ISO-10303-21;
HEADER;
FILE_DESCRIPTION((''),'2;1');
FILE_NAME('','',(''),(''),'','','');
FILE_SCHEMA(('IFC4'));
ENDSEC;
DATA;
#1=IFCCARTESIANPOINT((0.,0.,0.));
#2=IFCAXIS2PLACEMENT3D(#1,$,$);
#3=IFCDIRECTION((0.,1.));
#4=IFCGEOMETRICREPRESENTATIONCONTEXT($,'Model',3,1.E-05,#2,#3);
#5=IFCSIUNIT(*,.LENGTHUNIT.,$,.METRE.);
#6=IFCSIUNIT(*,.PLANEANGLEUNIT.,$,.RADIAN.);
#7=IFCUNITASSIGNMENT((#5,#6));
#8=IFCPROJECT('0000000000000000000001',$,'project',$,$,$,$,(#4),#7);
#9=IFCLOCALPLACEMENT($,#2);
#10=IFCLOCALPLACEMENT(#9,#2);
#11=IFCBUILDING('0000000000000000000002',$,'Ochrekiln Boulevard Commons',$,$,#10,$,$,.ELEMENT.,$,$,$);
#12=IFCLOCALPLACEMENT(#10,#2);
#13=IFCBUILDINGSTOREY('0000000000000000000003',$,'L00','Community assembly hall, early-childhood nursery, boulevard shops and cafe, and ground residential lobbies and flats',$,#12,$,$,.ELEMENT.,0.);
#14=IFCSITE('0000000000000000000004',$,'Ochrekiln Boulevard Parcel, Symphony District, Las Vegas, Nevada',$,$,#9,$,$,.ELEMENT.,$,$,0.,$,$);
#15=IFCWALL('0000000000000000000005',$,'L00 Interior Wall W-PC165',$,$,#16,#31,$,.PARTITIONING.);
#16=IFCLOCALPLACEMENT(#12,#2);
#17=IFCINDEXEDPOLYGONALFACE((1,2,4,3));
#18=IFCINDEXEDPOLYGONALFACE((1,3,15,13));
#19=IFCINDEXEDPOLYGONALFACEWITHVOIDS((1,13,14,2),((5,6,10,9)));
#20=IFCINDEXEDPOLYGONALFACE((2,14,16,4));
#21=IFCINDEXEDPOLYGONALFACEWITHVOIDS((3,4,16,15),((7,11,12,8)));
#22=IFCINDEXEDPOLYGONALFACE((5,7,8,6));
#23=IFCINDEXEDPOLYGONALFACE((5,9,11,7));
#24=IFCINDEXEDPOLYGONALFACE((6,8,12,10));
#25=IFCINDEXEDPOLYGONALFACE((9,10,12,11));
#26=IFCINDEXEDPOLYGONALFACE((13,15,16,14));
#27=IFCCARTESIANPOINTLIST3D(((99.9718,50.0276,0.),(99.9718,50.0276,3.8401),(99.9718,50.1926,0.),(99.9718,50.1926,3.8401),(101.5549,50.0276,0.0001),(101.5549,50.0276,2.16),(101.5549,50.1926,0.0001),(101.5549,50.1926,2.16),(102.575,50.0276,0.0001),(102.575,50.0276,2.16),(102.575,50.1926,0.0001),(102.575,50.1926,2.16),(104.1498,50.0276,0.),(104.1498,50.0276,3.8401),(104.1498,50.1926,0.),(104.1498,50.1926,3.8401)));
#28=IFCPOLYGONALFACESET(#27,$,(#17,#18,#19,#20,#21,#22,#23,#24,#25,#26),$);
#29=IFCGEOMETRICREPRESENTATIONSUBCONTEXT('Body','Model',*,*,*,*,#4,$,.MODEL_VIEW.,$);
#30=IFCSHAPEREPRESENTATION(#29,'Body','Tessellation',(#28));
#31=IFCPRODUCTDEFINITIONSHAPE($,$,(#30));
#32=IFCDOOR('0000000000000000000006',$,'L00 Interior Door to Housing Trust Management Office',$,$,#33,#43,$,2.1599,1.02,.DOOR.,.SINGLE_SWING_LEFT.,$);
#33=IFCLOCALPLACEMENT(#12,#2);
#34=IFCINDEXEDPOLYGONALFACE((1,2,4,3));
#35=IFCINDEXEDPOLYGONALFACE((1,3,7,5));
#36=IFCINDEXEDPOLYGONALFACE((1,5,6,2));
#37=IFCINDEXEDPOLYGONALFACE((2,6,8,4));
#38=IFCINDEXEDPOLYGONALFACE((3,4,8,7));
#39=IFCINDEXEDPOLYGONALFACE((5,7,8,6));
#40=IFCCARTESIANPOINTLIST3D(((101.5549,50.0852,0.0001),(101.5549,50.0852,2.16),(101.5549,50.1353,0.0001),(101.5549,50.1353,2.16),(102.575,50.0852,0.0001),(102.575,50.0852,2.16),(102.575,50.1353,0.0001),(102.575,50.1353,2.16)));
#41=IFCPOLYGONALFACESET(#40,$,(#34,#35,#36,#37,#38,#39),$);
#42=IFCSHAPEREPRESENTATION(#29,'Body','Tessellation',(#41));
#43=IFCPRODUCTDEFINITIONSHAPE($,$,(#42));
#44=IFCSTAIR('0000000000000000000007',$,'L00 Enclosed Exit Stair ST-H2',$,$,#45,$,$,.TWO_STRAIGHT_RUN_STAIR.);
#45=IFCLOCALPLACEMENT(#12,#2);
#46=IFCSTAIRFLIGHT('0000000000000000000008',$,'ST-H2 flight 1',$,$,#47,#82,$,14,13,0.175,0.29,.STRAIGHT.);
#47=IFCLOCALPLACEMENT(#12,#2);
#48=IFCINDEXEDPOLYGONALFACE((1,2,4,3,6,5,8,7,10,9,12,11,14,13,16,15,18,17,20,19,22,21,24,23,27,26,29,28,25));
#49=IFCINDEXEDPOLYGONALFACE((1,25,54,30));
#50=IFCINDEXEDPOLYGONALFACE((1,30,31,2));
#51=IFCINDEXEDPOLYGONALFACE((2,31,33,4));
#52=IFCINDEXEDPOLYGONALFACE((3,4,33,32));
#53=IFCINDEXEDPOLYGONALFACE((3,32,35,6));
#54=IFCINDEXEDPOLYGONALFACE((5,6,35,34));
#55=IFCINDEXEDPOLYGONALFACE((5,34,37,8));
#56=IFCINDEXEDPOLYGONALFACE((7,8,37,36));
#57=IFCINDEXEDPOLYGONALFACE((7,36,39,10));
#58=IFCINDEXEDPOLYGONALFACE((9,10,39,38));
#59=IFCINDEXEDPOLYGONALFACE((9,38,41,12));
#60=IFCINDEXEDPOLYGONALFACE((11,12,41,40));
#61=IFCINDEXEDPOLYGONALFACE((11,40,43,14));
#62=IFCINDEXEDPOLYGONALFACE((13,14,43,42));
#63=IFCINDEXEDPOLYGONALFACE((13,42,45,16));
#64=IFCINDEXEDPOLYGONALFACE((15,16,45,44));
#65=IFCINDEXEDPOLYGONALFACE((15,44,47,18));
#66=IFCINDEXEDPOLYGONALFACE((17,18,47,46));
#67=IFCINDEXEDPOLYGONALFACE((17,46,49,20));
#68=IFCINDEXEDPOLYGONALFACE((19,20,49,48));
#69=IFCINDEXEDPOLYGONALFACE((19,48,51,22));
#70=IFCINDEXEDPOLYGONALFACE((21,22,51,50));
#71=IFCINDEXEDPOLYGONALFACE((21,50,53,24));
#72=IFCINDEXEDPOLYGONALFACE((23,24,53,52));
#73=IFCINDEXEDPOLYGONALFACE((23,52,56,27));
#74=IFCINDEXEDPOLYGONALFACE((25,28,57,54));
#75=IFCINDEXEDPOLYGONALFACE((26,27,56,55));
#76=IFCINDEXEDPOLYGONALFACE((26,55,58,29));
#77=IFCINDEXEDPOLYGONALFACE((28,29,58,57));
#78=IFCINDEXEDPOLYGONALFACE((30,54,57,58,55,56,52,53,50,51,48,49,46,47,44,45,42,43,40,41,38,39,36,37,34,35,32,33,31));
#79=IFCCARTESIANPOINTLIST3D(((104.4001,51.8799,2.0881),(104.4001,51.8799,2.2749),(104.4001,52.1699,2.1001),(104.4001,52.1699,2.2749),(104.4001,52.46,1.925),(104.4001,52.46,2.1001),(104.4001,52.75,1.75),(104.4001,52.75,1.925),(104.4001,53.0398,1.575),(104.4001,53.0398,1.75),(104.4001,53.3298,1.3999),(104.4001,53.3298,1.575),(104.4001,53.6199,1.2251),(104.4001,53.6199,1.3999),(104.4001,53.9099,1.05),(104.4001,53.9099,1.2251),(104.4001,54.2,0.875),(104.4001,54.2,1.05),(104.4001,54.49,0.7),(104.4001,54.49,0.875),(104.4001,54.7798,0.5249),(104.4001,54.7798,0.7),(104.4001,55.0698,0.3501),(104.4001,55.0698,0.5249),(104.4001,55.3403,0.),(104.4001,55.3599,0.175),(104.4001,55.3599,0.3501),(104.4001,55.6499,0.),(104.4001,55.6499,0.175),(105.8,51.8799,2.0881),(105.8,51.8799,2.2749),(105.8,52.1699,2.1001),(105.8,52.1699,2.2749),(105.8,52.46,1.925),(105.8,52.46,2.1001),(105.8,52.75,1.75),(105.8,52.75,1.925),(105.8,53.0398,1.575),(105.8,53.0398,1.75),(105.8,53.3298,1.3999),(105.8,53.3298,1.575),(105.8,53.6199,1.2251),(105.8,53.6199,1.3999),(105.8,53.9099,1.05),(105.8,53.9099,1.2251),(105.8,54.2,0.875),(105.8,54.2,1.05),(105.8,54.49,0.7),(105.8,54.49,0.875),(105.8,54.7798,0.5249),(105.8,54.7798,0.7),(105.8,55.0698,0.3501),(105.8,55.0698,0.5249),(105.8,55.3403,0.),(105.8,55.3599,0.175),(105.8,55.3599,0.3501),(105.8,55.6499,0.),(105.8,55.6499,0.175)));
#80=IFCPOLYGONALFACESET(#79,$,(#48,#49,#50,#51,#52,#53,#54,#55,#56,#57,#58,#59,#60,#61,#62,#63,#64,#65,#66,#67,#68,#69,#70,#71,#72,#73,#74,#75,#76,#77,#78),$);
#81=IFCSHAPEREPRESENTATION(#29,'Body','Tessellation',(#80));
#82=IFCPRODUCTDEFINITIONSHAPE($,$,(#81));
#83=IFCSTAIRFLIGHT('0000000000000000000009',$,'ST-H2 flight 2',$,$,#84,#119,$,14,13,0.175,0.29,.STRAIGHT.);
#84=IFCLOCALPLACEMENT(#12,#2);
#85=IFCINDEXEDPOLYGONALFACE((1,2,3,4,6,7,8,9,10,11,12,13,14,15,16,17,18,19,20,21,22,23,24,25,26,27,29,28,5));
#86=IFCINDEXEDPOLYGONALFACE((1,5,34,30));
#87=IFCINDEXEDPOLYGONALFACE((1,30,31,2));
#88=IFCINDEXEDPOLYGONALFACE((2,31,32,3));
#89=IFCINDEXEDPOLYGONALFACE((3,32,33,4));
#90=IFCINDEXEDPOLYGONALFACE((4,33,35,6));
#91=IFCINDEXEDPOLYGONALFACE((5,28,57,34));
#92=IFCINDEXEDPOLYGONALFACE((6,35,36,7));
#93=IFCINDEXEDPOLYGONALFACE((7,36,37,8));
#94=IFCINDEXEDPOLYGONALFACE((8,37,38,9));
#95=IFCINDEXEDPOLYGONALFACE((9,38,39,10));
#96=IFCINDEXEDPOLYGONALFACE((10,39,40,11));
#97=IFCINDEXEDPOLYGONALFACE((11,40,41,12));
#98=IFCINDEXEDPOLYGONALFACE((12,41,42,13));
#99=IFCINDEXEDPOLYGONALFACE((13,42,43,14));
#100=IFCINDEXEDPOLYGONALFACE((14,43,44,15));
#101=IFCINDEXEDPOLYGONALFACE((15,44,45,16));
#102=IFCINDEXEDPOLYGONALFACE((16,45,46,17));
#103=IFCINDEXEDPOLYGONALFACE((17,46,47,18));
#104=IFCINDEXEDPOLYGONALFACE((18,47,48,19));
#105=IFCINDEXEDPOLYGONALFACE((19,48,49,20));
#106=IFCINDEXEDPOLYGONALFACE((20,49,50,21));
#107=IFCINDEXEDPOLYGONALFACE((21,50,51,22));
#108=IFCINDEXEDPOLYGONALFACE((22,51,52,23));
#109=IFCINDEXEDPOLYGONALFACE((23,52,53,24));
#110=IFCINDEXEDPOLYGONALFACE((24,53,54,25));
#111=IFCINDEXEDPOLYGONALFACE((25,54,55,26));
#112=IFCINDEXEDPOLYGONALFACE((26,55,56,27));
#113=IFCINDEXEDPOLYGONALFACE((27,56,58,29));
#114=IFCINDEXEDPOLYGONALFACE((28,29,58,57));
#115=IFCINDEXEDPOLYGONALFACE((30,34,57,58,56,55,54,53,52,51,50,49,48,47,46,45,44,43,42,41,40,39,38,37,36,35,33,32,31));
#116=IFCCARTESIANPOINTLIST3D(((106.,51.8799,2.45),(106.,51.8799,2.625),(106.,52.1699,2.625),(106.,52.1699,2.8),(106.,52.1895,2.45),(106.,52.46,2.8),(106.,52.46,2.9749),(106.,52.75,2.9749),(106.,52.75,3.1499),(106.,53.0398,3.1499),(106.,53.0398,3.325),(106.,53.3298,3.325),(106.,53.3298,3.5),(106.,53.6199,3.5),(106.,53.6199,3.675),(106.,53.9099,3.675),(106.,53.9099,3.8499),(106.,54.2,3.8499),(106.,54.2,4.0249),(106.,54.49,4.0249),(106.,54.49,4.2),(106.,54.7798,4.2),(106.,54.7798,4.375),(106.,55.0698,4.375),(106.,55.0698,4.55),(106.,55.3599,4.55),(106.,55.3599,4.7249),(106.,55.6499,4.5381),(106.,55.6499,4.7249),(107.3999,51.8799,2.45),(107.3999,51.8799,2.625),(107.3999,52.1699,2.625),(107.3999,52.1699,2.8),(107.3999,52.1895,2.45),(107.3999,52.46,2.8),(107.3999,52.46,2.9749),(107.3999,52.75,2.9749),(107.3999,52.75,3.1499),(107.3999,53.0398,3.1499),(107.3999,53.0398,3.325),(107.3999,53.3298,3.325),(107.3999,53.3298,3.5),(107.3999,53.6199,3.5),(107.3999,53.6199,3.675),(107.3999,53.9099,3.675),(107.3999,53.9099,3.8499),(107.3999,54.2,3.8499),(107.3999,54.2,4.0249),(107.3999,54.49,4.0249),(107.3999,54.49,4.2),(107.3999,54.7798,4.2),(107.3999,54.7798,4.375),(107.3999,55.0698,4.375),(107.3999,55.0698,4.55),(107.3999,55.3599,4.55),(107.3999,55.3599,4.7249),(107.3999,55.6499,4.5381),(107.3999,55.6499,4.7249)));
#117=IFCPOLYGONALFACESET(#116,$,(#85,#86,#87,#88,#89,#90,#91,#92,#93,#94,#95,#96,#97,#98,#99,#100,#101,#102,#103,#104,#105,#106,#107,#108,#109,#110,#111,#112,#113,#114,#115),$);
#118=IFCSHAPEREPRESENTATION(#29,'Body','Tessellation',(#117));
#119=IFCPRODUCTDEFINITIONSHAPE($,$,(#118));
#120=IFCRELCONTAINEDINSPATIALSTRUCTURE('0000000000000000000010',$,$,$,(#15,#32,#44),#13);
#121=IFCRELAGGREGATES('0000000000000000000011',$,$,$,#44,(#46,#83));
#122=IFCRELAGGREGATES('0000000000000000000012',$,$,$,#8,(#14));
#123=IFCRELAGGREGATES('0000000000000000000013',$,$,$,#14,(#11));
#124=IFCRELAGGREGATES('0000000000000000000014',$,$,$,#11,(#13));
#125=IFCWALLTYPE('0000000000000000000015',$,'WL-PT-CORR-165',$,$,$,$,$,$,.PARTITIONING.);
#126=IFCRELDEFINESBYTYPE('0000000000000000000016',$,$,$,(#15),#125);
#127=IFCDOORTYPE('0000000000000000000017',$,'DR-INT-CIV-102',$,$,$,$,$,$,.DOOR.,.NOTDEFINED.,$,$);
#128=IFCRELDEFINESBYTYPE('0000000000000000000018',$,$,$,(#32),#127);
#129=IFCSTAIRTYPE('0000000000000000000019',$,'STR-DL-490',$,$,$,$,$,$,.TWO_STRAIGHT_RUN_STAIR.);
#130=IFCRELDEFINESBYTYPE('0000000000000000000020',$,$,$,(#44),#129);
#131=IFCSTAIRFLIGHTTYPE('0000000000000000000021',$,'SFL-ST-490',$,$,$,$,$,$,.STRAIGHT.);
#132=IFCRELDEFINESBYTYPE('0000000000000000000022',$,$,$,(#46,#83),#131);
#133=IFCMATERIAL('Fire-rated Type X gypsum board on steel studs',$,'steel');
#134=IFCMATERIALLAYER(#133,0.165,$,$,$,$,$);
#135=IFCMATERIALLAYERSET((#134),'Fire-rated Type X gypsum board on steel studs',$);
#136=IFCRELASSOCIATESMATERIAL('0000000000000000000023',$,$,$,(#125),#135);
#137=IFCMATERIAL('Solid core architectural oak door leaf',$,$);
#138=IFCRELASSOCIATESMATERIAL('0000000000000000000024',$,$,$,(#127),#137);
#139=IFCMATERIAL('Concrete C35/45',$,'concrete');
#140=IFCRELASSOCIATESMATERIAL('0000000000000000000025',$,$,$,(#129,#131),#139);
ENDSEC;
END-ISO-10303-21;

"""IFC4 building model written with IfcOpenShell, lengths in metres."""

from ifc_helpers import new_model, si_unit, direction, frame, frame_2d, origin, place, context, subcontext, project, spatial, polyline, rectangle, outline, extrude, material, layer, layer_set, type_object, element, fill, aggregate, save


model = new_model("IFC4")

# Units and contexts
model_context = context("Model", 3, precision=1e-05, world=origin(), true_north=direction((0.0, 1.0)))
body_context = subcontext(model_context, "Body", "Model", "MODEL_VIEW")
ifc_project = project(units=[si_unit("LENGTHUNIT", "METRE"), si_unit("PLANEANGLEUNIT", "RADIAN")], contexts=[model_context])

# Site, building, storey
site_placement = place(None, origin())
site = spatial("IfcSite", under=ifc_project, at=site_placement, Name="Ochrekiln Boulevard Parcel, Symphony District, Las Vegas, Nevada", CompositionType="ELEMENT", RefElevation=0.0)
building_placement = place(site_placement, origin())
building = spatial("IfcBuilding", under=site, at=building_placement, Name="Ochrekiln Boulevard Commons", CompositionType="ELEMENT")
storey_placement = place(building_placement, origin())
storey = spatial("IfcBuildingStorey", under=building, at=storey_placement, Name="L00", Description="Community assembly hall, early-childhood nursery, boulevard shops and cafe, and ground residential lobbies and flats", CompositionType="ELEMENT", Elevation=0.0)

# Shared definitions
ifc_material_1 = material(Name="Concrete C35/45", Category="concrete")

# Wall, opening, door
ifc_material_2 = material(Name="Fire-rated Type X gypsum board on steel studs", Category="steel")
ifc_layer_1 = layer(ifc_material_2, 0.165)
ifc_layer_set_1 = layer_set([ifc_layer_1], Name="Fire-rated Type X gypsum board on steel studs")
wall_type_1 = type_object("IfcWallType", Name="WL-PT-CORR-165", PredefinedType="PARTITIONING", material=ifc_layer_set_1)
wall_1_placement = place(storey_placement, frame((99.9719, 50.1101, 0.0), z_axis=(0.0, 0.0, 1.0), x_axis=(1.0, 0.0, 0.0)))
wall_1 = element("IfcWall", 1, at=wall_1_placement, inside=storey, type_object=wall_type_1, Name="L00 Interior Wall W-PC165", PredefinedType="PARTITIONING", context=body_context, shape_type="SweptSolid", body=[
    extrude(rectangle(XDim=4.178, YDim=0.165, at=frame_2d((2.0889, 0.0))), origin(), (0.0, 0.0, 1.0), 3.8401),
])
opening_1_placement = place(wall_1_placement, frame((1.583, 0.0, 0.0)))
opening_1 = element("IfcOpeningElement", 2, at=opening_1_placement, cuts=wall_1, PredefinedType="OPENING", context=body_context, shape_type="SweptSolid", body=[
    extrude(rectangle(XDim=1.02, YDim=2.1599, at=frame_2d((0.51, 1.0801))), frame((0.0, 0.0925, 0.0), z_axis=(0.0, -1.0, 0.0), x_axis=(1.0, 0.0, 0.0)), (0.0, 0.0, 1.0), 0.1851),
])
ifc_material_3 = material(Name="Solid core architectural oak door leaf")
door_type_1 = type_object("IfcDoorType", Name="DR-INT-CIV-102", OperationType="NOTDEFINED", PredefinedType="DOOR", material=ifc_material_3)
door_1_placement = place(opening_1_placement, frame((1.02, 0.0, 0.0), z_axis=(0.0, 0.0, 1.0), x_axis=(-1.0, 0.0, 0.0)))
door_1 = element("IfcDoor", 3, at=door_1_placement, inside=storey, type_object=door_type_1, Name="L00 Interior Door to Housing Trust Management Office", OperationType="SINGLE_SWING_LEFT", OverallHeight=2.1599, OverallWidth=1.02, PredefinedType="DOOR", context=body_context, shape_type="SweptSolid", body=[
    extrude(rectangle(XDim=1.02, YDim=2.1599, at=frame_2d((0.51, 1.0801))), frame((0.0, 0.0249, 0.0), z_axis=(0.0, -1.0, 0.0), x_axis=(1.0, 0.0, 0.0)), (0.0, 0.0, 1.0), 0.05),
])
fill(opening_1, door_1)

# Stair, stair flights
stair_type = type_object("IfcStairType", Name="STR-DL-490", PredefinedType="TWO_STRAIGHT_RUN_STAIR", material=ifc_material_1)
stair_placement = place(storey_placement, origin())
stair = element("IfcStair", 4, at=stair_placement, inside=storey, type_object=stair_type, Name="L00 Enclosed Exit Stair ST-H2", PredefinedType="TWO_STRAIGHT_RUN_STAIR")
stair_flight_type = type_object("IfcStairFlightType", Name="SFL-ST-490", PredefinedType="STRAIGHT", material=ifc_material_1)
stair_flight_1_placement = place(storey_placement, frame((105.1001, 55.6499, 0.0), z_axis=(0.0, 0.0, 1.0), x_axis=(0.0, -1.0, 0.0)))
stair_flight_1 = element("IfcStairFlight", 5, at=stair_flight_1_placement, type_object=stair_flight_type, Name="ST-H2 flight 1", NumberOfRisers=14, NumberOfTreads=13, PredefinedType="STRAIGHT", RiserHeight=0.175, TreadLength=0.29, context=body_context, shape_type="SweptSolid", body=[
    extrude(outline(polyline([(0.0, 0.0), (0.0, 0.175), (0.29, 0.175), (0.29, 0.3501), (0.5801, 0.3501), (0.5801, 0.5249), (0.8701, 0.5249), (0.8701, 0.7), (1.1599, 0.7), (1.1599, 0.875), (1.45, 0.875), (1.45, 1.05), (1.74, 1.05), (1.74, 1.2251), (2.03, 1.2251), (2.03, 1.3999), (2.3201, 1.3999), (2.3201, 1.575), (2.6101, 1.575), (2.6101, 1.75), (2.8999, 1.75), (2.8999, 1.925), (3.1899, 1.925), (3.1899, 2.1001), (3.48, 2.1001), (3.48, 2.2749), (3.77, 2.2749), (3.77, 2.45), (3.77, 2.0881), (0.3096, 0.0), (0.0, 0.0)])), frame((0.0, 0.7, 0.0), z_axis=(0.0, -1.0, 0.0), x_axis=(1.0, 0.0, 0.0)), (0.0, 0.0, 1.0), 1.3999),
])
stair_flight_2_placement = place(storey_placement, frame((106.7, 51.8799, 2.45), z_axis=(0.0, 0.0, 1.0), x_axis=(0.0, 1.0, 0.0)))
stair_flight_2 = element("IfcStairFlight", 6, at=stair_flight_2_placement, type_object=stair_flight_type, Name="ST-H2 flight 2", NumberOfRisers=14, NumberOfTreads=13, PredefinedType="STRAIGHT", RiserHeight=0.175, TreadLength=0.29, context=body_context, shape_type="SweptSolid", body=[
    extrude(outline(polyline([(0.0, 0.0), (0.0, 0.175), (0.29, 0.175), (0.29, 0.3501), (0.5801, 0.3501), (0.5801, 0.5249), (0.8701, 0.5249), (0.8701, 0.7), (1.1599, 0.7), (1.1599, 0.875), (1.45, 0.875), (1.45, 1.05), (1.74, 1.05), (1.74, 1.2251), (2.03, 1.2251), (2.03, 1.3999), (2.3201, 1.3999), (2.3201, 1.575), (2.6101, 1.575), (2.6101, 1.75), (2.8999, 1.75), (2.8999, 1.925), (3.1899, 1.925), (3.1899, 2.1001), (3.48, 2.1001), (3.48, 2.2749), (3.77, 2.2749), (3.77, 2.45), (3.77, 2.0881), (0.3096, 0.0), (0.0, 0.0)])), frame((0.0, 0.7, 0.0), z_axis=(0.0, -1.0, 0.0), x_axis=(1.0, 0.0, 0.0)), (0.0, 0.0, 1.0), 1.3999),
])
aggregate(stair, [stair_flight_1, stair_flight_2])

save(model, "model.ifc")
